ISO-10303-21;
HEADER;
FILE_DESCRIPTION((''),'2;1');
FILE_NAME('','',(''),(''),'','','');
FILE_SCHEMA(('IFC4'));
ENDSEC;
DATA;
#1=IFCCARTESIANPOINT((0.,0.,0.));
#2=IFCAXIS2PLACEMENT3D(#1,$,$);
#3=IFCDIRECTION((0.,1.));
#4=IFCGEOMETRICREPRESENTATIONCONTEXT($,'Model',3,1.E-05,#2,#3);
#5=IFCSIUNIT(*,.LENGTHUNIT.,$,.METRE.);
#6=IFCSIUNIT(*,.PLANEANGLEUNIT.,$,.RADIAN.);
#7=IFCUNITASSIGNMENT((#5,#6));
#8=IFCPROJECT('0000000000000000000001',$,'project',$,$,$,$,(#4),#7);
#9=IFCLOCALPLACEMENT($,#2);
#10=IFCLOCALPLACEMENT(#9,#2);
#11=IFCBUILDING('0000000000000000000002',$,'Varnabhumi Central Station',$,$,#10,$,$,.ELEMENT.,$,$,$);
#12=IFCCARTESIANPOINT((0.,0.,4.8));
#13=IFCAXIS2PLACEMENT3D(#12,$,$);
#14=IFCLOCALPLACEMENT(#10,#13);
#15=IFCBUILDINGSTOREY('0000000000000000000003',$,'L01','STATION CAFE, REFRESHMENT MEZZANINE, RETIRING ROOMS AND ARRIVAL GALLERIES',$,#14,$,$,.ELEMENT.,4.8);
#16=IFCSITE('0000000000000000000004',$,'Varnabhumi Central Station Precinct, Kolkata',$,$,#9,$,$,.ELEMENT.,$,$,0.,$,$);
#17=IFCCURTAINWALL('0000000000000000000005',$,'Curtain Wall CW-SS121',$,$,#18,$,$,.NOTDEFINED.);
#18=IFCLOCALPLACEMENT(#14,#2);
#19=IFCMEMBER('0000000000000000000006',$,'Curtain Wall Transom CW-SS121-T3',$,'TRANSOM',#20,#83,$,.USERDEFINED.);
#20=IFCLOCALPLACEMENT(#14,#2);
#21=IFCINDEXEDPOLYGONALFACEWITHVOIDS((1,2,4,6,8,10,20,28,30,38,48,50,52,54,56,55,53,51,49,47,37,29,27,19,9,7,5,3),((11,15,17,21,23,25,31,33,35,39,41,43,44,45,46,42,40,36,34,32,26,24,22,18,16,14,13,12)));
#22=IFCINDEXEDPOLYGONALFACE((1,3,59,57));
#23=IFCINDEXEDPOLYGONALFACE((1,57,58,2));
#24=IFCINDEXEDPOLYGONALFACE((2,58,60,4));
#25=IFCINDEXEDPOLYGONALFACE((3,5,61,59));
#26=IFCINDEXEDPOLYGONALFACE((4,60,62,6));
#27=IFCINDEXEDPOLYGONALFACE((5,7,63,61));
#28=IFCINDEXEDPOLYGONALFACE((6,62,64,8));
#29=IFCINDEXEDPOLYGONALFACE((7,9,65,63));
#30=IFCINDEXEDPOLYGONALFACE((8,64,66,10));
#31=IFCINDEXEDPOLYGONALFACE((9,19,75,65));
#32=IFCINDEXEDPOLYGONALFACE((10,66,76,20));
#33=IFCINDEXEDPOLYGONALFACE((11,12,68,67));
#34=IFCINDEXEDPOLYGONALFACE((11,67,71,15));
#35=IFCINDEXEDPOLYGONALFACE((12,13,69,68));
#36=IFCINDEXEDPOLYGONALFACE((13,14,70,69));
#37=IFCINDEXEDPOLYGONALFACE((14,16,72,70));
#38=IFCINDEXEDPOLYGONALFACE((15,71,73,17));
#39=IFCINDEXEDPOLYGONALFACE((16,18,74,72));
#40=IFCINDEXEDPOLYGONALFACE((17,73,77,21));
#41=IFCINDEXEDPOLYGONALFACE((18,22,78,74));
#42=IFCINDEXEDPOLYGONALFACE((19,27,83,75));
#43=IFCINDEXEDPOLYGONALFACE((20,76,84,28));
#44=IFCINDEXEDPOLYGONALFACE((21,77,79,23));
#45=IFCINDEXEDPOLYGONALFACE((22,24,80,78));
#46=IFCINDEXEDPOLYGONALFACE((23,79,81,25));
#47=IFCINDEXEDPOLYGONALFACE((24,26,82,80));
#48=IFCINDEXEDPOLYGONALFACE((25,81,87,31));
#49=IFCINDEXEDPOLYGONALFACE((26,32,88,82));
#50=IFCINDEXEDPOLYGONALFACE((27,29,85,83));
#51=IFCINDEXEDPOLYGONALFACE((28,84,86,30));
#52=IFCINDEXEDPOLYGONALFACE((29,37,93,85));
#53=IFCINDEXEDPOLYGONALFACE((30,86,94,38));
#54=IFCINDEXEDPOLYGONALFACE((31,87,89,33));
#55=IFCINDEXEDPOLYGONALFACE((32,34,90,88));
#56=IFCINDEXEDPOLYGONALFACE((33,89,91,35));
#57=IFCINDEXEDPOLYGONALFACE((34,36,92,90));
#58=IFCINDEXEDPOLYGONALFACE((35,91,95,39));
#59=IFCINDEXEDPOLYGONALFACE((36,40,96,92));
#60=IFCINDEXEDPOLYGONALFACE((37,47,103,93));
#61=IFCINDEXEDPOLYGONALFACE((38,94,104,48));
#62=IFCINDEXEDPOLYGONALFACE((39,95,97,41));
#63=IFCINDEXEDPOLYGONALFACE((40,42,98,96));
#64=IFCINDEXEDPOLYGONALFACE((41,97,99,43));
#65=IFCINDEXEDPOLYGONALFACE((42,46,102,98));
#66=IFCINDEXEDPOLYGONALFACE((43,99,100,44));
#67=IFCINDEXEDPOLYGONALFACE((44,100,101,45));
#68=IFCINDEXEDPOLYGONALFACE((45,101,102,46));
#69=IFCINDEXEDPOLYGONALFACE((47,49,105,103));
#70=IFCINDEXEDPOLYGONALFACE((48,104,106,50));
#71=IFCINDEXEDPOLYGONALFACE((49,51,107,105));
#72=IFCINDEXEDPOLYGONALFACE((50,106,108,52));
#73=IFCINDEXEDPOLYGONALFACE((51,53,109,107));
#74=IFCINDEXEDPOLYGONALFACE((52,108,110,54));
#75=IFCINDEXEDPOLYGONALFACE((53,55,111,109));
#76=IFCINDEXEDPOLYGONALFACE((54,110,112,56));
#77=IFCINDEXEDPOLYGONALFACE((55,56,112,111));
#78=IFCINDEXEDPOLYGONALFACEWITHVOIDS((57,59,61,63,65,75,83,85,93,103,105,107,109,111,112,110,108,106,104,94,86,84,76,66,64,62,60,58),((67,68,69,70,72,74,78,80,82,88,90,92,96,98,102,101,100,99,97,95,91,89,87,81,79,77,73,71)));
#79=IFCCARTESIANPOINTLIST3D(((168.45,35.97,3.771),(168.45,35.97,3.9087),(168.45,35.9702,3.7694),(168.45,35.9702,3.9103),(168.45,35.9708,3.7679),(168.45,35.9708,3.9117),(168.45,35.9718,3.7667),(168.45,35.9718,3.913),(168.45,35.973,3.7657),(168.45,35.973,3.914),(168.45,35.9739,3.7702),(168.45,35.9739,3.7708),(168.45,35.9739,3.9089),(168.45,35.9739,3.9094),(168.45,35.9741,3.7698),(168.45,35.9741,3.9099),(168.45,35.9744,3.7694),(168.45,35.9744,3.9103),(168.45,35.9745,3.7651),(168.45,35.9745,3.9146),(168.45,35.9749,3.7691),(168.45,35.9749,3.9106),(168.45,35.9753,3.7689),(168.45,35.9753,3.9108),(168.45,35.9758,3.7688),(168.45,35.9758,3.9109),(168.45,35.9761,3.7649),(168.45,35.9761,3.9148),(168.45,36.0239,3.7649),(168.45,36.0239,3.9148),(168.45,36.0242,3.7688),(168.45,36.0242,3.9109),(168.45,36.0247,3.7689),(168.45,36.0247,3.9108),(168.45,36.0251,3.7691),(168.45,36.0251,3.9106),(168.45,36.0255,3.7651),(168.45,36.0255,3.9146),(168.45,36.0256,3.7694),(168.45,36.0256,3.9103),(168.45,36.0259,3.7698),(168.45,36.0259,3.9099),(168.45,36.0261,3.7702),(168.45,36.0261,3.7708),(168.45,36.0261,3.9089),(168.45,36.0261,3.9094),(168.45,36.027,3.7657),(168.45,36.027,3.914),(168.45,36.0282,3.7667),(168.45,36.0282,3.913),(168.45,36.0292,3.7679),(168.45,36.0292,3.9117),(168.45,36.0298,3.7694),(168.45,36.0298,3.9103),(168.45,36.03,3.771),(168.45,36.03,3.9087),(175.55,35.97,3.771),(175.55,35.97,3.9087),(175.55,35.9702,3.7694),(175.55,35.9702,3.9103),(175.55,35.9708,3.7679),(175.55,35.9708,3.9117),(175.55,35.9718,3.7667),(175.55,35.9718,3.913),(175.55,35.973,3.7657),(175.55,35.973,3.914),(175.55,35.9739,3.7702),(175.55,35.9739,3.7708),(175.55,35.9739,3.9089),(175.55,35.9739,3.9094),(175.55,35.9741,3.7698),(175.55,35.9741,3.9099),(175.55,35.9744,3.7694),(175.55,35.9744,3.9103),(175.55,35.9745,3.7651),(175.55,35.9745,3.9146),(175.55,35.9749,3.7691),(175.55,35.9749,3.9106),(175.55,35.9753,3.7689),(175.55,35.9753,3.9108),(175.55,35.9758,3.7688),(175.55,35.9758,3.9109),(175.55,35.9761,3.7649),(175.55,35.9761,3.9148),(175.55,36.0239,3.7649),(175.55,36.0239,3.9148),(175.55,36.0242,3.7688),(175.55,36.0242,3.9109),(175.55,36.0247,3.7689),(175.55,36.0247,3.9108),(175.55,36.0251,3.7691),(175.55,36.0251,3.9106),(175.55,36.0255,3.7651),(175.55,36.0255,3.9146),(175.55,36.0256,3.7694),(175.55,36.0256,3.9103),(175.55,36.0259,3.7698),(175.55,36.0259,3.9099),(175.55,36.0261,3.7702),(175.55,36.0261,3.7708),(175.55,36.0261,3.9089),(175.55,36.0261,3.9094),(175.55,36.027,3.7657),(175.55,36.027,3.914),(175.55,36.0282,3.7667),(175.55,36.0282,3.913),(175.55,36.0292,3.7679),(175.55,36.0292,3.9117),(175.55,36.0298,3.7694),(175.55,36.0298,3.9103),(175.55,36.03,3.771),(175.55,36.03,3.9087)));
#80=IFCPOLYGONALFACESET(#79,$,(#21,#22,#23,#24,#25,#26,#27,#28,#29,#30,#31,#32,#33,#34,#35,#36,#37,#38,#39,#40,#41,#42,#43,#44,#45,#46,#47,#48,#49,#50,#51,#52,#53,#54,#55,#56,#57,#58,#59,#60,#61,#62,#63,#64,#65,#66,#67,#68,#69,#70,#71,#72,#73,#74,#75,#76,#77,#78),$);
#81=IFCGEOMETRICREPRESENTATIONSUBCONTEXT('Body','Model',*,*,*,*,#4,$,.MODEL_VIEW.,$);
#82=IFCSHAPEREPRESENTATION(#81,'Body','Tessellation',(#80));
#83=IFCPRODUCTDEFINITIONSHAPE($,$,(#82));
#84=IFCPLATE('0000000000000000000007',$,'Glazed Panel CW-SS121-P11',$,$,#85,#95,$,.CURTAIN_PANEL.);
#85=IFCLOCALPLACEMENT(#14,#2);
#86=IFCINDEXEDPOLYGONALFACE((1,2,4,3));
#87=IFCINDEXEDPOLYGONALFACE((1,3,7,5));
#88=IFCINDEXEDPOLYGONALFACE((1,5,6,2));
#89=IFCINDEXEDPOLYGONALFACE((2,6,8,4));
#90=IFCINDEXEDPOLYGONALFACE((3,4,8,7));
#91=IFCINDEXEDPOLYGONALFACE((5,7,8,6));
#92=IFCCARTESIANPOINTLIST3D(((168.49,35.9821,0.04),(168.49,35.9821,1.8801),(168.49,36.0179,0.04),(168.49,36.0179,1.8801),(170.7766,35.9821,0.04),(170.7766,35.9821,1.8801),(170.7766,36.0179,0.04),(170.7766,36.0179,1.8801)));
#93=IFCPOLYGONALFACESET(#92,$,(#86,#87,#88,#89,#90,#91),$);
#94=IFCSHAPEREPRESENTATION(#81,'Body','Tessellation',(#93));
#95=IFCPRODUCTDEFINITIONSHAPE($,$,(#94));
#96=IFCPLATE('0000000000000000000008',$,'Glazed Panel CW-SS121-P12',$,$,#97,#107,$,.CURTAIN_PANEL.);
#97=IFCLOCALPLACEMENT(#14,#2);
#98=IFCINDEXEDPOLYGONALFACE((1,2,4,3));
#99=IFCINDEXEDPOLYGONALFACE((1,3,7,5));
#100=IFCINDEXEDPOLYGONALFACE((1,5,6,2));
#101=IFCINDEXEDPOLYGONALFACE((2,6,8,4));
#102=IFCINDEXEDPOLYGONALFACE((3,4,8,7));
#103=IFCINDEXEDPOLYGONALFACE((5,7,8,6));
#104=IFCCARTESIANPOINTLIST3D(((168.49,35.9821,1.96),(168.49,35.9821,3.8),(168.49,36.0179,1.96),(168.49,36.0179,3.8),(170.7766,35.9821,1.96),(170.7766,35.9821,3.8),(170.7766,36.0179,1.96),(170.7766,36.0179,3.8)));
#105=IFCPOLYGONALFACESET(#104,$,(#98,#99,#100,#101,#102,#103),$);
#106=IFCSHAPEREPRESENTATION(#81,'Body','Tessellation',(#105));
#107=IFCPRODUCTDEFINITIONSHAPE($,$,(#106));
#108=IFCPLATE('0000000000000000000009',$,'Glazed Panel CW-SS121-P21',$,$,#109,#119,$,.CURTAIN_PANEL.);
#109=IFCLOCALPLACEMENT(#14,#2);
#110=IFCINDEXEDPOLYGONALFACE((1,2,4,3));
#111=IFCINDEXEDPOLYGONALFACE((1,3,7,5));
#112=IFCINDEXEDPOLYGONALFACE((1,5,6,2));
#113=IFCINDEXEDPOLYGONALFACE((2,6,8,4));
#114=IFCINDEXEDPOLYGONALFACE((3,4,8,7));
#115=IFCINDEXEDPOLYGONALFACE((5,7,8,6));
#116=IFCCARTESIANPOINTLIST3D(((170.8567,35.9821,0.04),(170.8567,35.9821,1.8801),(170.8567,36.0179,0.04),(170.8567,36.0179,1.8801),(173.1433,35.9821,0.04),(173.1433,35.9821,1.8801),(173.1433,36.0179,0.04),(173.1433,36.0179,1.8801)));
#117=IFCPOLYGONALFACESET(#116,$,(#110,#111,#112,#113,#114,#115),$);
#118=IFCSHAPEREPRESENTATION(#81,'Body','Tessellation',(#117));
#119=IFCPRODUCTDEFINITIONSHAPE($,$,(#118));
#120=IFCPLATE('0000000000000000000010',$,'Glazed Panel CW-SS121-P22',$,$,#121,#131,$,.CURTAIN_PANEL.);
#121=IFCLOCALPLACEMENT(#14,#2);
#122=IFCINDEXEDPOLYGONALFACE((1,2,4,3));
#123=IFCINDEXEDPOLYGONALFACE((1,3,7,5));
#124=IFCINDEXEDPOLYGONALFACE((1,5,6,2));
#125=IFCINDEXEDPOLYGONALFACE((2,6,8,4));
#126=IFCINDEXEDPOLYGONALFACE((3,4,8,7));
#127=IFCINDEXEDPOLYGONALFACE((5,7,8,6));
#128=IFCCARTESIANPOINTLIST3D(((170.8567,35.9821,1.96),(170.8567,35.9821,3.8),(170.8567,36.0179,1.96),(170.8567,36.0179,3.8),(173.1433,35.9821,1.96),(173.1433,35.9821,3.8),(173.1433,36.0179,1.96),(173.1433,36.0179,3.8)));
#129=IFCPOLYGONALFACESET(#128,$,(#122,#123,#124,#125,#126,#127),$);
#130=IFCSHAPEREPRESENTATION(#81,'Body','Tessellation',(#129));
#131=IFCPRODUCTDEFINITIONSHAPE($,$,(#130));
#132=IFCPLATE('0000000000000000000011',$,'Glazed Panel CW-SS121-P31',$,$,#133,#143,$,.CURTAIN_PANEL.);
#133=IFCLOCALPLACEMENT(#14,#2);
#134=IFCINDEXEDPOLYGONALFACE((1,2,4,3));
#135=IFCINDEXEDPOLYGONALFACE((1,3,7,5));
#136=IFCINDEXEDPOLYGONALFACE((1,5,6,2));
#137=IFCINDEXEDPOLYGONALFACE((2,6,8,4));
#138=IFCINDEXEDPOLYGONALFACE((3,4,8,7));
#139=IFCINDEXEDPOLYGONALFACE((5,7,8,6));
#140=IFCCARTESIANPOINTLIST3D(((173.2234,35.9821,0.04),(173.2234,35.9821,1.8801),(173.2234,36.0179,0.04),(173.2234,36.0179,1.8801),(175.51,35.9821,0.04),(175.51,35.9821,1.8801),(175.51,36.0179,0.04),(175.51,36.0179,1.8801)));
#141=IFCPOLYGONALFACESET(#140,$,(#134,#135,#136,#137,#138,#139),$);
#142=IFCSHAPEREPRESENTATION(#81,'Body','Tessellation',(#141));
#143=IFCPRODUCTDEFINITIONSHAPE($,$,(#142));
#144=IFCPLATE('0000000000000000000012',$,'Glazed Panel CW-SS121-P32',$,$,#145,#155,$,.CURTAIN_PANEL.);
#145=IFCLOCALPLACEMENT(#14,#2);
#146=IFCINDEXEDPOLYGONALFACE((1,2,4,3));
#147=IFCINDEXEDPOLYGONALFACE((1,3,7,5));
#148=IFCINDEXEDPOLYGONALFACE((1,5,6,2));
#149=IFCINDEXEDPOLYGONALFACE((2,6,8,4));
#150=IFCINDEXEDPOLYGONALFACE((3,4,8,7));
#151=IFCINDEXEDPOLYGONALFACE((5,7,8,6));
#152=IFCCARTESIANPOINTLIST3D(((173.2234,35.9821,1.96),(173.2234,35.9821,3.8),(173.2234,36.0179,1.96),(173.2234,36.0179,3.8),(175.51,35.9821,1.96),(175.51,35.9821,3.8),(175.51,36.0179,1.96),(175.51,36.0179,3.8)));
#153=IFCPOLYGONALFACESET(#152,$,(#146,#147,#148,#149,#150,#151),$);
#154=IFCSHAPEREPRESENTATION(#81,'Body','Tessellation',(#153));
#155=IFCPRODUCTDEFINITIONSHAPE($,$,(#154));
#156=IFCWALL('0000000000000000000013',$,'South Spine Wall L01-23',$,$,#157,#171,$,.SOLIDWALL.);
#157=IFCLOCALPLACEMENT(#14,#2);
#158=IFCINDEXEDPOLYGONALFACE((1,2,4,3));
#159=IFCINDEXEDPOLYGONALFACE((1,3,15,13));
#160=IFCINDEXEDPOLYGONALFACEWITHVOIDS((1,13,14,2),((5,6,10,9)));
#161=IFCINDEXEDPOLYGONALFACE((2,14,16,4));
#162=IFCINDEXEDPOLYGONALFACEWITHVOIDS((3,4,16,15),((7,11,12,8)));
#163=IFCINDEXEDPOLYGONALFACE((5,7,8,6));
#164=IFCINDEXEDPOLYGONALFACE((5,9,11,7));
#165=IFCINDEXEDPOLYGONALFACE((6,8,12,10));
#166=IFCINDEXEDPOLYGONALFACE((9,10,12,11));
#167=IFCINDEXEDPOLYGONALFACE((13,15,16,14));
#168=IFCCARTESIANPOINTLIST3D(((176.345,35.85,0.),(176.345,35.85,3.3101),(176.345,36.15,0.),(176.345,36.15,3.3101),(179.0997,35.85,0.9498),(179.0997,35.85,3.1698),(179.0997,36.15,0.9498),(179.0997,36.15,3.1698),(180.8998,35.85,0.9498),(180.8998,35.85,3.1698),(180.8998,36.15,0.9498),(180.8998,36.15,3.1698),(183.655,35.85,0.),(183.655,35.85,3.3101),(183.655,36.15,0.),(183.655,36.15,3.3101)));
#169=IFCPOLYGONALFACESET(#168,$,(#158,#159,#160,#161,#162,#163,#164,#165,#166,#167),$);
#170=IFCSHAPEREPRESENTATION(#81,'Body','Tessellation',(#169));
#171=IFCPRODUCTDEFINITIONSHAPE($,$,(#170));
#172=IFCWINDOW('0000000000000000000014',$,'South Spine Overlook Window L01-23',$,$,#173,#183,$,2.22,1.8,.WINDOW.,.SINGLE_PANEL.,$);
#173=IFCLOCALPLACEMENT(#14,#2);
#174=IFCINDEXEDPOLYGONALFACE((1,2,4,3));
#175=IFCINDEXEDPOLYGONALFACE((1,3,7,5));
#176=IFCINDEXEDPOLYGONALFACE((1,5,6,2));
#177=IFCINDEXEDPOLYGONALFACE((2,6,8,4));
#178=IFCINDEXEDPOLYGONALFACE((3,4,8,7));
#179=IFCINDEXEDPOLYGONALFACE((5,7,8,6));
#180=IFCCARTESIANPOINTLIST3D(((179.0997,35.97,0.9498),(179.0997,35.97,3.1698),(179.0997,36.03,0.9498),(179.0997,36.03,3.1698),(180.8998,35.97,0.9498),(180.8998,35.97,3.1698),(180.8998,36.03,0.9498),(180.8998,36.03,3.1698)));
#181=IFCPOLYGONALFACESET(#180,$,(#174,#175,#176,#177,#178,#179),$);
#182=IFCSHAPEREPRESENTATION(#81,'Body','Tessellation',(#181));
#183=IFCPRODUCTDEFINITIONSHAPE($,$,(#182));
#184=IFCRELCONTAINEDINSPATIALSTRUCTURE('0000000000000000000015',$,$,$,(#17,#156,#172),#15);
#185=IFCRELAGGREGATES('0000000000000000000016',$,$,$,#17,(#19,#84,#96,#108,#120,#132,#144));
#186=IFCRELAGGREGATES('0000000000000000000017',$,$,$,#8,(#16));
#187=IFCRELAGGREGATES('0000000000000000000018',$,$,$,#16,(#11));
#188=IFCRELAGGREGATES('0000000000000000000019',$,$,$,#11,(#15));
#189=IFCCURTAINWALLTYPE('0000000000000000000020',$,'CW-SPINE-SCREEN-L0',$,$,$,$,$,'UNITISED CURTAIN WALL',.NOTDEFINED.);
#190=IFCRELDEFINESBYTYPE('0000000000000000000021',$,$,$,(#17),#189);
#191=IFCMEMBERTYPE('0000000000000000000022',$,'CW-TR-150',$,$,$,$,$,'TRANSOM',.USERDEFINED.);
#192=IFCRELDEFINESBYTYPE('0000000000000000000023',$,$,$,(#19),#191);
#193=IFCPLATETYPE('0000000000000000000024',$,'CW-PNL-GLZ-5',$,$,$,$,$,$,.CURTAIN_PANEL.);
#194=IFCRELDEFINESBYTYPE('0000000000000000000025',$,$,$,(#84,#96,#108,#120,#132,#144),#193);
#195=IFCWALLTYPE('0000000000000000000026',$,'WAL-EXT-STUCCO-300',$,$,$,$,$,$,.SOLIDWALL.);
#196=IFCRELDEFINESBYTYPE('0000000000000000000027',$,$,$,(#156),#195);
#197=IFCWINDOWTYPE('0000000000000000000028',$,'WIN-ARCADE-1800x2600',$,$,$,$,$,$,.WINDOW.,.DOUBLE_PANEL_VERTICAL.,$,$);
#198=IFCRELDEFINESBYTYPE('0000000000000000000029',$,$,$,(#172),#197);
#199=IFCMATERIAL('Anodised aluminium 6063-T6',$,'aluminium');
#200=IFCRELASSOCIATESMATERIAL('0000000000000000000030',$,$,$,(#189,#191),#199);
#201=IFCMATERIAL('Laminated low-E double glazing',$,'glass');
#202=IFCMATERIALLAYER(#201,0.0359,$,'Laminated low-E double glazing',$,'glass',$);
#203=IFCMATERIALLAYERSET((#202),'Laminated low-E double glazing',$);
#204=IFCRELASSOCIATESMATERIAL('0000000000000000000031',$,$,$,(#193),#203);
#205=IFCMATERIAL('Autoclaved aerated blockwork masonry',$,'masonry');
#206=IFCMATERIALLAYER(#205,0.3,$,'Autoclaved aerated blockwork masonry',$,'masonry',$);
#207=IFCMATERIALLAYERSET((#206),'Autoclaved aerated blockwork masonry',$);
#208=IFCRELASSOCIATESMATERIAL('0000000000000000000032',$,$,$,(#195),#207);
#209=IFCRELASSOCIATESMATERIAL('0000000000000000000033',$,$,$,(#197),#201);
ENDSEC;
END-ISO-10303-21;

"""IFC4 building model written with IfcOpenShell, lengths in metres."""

from ifc_helpers import new_model, si_unit, direction, frame, frame_2d, origin, origin_2d, place, context, subcontext, project, spatial, rectangle, hollow_rectangle, extrude, material, layer, layer_set, material_profile, profile_set, type_object, element, fill, aggregate, save


model = new_model("IFC4")

# Units and contexts
model_context = context("Model", 3, precision=1e-05, world=origin(), true_north=direction((0.0, 1.0)))
body_context = subcontext(model_context, "Body", "Model", "MODEL_VIEW")
ifc_project = project(units=[si_unit("LENGTHUNIT", "METRE"), si_unit("PLANEANGLEUNIT", "RADIAN")], contexts=[model_context])

# Site, building, storey
site_placement = place(None, origin())
site = spatial("IfcSite", under=ifc_project, at=site_placement, Name="Varnabhumi Central Station Precinct, Kolkata", CompositionType="ELEMENT", RefElevation=0.0)
building_placement = place(site_placement, origin())
building = spatial("IfcBuilding", under=site, at=building_placement, Name="Varnabhumi Central Station", CompositionType="ELEMENT")
storey_placement = place(building_placement, frame((0.0, 0.0, 4.8)))
storey = spatial("IfcBuildingStorey", under=building, at=storey_placement, Name="L01", Description="STATION CAFE, REFRESHMENT MEZZANINE, RETIRING ROOMS AND ARRIVAL GALLERIES", CompositionType="ELEMENT", Elevation=4.8)

# Curtain wall, member, plates
ifc_material_1 = material(Name="Anodised aluminium 6063-T6", Category="aluminium")
curtain_wall_type = type_object("IfcCurtainWallType", Name="CW-SPINE-SCREEN-L0", ElementType="UNITISED CURTAIN WALL", PredefinedType="NOTDEFINED", material=ifc_material_1)
curtain_wall_placement = place(storey_placement, origin())
curtain_wall = element("IfcCurtainWall", 1, at=curtain_wall_placement, inside=storey, type_object=curtain_wall_type, Name="Curtain Wall CW-SS121", PredefinedType="NOTDEFINED")
ifc_material_profile_1 = material_profile(ifc_material_1, hollow_rectangle(XDim=0.0601, YDim=0.1499, WallThickness=0.0039, InnerFilletRadius=0.002, OuterFilletRadius=0.0061, at=origin_2d()), Name="Anodised aluminium 6063-T6", Category="aluminium")
ifc_profile_set_1 = profile_set([ifc_material_profile_1], Name="Anodised aluminium 6063-T6")
member_type_1 = type_object("IfcMemberType", Name="CW-TR-150", ElementType="TRANSOM", PredefinedType="USERDEFINED", material=ifc_profile_set_1)
member_1_placement = place(storey_placement, frame((168.45, 36.0, 3.8398), z_axis=(1.0, 0.0, 0.0), x_axis=(0.0, 1.0, 0.0)))
member_1 = element("IfcMember", 2, at=member_1_placement, type_object=member_type_1, Name="Curtain Wall Transom CW-SS121-T3", ObjectType="TRANSOM", PredefinedType="USERDEFINED", context=body_context, shape_type="SweptSolid", body=[
    extrude(hollow_rectangle(XDim=0.0601, YDim=0.1499, WallThickness=0.0039, InnerFilletRadius=0.002, OuterFilletRadius=0.0061, at=origin_2d()), origin(), (0.0, 0.0, 1.0), 7.1001),
])
ifc_material_2 = material(Name="Laminated low-E double glazing", Category="glass")
ifc_layer_1 = layer(ifc_material_2, 0.0359, Name="Laminated low-E double glazing", Category="glass")
ifc_layer_set_1 = layer_set([ifc_layer_1], Name="Laminated low-E double glazing")
plate_type = type_object("IfcPlateType", Name="CW-PNL-GLZ-5", PredefinedType="CURTAIN_PANEL", material=ifc_layer_set_1)
plate_1_placement = place(storey_placement, frame((169.6333, 36.0, 0.04), z_axis=(0.0, 0.0, 1.0), x_axis=(1.0, 0.0, 0.0)))
plate_1 = element("IfcPlate", 3, at=plate_1_placement, type_object=plate_type, Name="Glazed Panel CW-SS121-P11", PredefinedType="CURTAIN_PANEL", context=body_context, shape_type="SweptSolid", body=[
    extrude(rectangle(XDim=2.2866, YDim=0.0359, at=origin_2d()), origin(), (0.0, 0.0, 1.0), 1.8401),
])
plate_2_placement = place(storey_placement, frame((169.6333, 36.0, 1.96), z_axis=(0.0, 0.0, 1.0), x_axis=(1.0, 0.0, 0.0)))
plate_2 = element("IfcPlate", 4, at=plate_2_placement, type_object=plate_type, Name="Glazed Panel CW-SS121-P12", PredefinedType="CURTAIN_PANEL", context=body_context, shape_type="SweptSolid", body=[
    extrude(rectangle(XDim=2.2866, YDim=0.0359, at=origin_2d()), origin(), (0.0, 0.0, 1.0), 1.8401),
])
plate_3_placement = place(storey_placement, frame((172.0, 36.0, 0.04), z_axis=(0.0, 0.0, 1.0), x_axis=(1.0, 0.0, 0.0)))
plate_3 = element("IfcPlate", 5, at=plate_3_placement, type_object=plate_type, Name="Glazed Panel CW-SS121-P21", PredefinedType="CURTAIN_PANEL", context=body_context, shape_type="SweptSolid", body=[
    extrude(rectangle(XDim=2.2866, YDim=0.0359, at=origin_2d()), origin(), (0.0, 0.0, 1.0), 1.8401),
])
plate_4_placement = place(storey_placement, frame((172.0, 36.0, 1.96), z_axis=(0.0, 0.0, 1.0), x_axis=(1.0, 0.0, 0.0)))
plate_4 = element("IfcPlate", 6, at=plate_4_placement, type_object=plate_type, Name="Glazed Panel CW-SS121-P22", PredefinedType="CURTAIN_PANEL", context=body_context, shape_type="SweptSolid", body=[
    extrude(rectangle(XDim=2.2866, YDim=0.0359, at=origin_2d()), origin(), (0.0, 0.0, 1.0), 1.8401),
])
plate_5_placement = place(storey_placement, frame((174.3667, 36.0, 0.04), z_axis=(0.0, 0.0, 1.0), x_axis=(1.0, 0.0, 0.0)))
plate_5 = element("IfcPlate", 7, at=plate_5_placement, type_object=plate_type, Name="Glazed Panel CW-SS121-P31", PredefinedType="CURTAIN_PANEL", context=body_context, shape_type="SweptSolid", body=[
    extrude(rectangle(XDim=2.2866, YDim=0.0359, at=origin_2d()), origin(), (0.0, 0.0, 1.0), 1.8401),
])
plate_6_placement = place(storey_placement, frame((174.3667, 36.0, 1.96), z_axis=(0.0, 0.0, 1.0), x_axis=(1.0, 0.0, 0.0)))
plate_6 = element("IfcPlate", 8, at=plate_6_placement, type_object=plate_type, Name="Glazed Panel CW-SS121-P32", PredefinedType="CURTAIN_PANEL", context=body_context, shape_type="SweptSolid", body=[
    extrude(rectangle(XDim=2.2866, YDim=0.0359, at=origin_2d()), origin(), (0.0, 0.0, 1.0), 1.8401),
])
aggregate(curtain_wall, [member_1, plate_1, plate_2, plate_3, plate_4, plate_5, plate_6])

# Wall, opening, window
ifc_material_3 = material(Name="Autoclaved aerated blockwork masonry", Category="masonry")
ifc_layer_2 = layer(ifc_material_3, 0.3, Name="Autoclaved aerated blockwork masonry", Category="masonry")
ifc_layer_set_2 = layer_set([ifc_layer_2], Name="Autoclaved aerated blockwork masonry")
wall_type = type_object("IfcWallType", Name="WAL-EXT-STUCCO-300", PredefinedType="SOLIDWALL", material=ifc_layer_set_2)
wall_placement = place(storey_placement, frame((176.345, 36.0, 0.0), z_axis=(0.0, 0.0, 1.0), x_axis=(1.0, 0.0, 0.0)))
wall = element("IfcWall", 9, at=wall_placement, inside=storey, type_object=wall_type, Name="South Spine Wall L01-23", PredefinedType="SOLIDWALL", context=body_context, shape_type="SweptSolid", body=[
    extrude(rectangle(XDim=7.3101, YDim=0.3, at=frame_2d((3.655, 0.0))), origin(), (0.0, 0.0, 1.0), 3.3101),
])
opening_placement = place(wall_placement, frame((2.7549, 0.0, 0.95)))
opening = element("IfcOpeningElement", 10, at=opening_placement, cuts=wall, PredefinedType="OPENING", context=body_context, shape_type="SweptSolid", body=[
    extrude(rectangle(XDim=1.8, YDim=2.22, at=frame_2d((0.8999, 1.1099))), frame((0.0, 0.1599, 0.0), z_axis=(0.0, -1.0, 0.0), x_axis=(1.0, 0.0, 0.0)), (0.0, 0.0, 1.0), 0.3201),
])
window_type = type_object("IfcWindowType", Name="WIN-ARCADE-1800x2600", PartitioningType="DOUBLE_PANEL_VERTICAL", PredefinedType="WINDOW", material=ifc_material_2)
window_placement = place(opening_placement, origin())
window = element("IfcWindow", 11, at=window_placement, inside=storey, type_object=window_type, Name="South Spine Overlook Window L01-23", OverallHeight=2.22, OverallWidth=1.8, PartitioningType="SINGLE_PANEL", PredefinedType="WINDOW", context=body_context, shape_type="SweptSolid", body=[
    extrude(rectangle(XDim=1.8, YDim=2.22, at=frame_2d((0.8999, 1.1099))), frame((0.0, 0.03, 0.0), z_axis=(0.0, -1.0, 0.0), x_axis=(1.0, 0.0, 0.0)), (0.0, 0.0, 1.0), 0.0601),
])
fill(opening, window)

save(model, "model.ifc")
